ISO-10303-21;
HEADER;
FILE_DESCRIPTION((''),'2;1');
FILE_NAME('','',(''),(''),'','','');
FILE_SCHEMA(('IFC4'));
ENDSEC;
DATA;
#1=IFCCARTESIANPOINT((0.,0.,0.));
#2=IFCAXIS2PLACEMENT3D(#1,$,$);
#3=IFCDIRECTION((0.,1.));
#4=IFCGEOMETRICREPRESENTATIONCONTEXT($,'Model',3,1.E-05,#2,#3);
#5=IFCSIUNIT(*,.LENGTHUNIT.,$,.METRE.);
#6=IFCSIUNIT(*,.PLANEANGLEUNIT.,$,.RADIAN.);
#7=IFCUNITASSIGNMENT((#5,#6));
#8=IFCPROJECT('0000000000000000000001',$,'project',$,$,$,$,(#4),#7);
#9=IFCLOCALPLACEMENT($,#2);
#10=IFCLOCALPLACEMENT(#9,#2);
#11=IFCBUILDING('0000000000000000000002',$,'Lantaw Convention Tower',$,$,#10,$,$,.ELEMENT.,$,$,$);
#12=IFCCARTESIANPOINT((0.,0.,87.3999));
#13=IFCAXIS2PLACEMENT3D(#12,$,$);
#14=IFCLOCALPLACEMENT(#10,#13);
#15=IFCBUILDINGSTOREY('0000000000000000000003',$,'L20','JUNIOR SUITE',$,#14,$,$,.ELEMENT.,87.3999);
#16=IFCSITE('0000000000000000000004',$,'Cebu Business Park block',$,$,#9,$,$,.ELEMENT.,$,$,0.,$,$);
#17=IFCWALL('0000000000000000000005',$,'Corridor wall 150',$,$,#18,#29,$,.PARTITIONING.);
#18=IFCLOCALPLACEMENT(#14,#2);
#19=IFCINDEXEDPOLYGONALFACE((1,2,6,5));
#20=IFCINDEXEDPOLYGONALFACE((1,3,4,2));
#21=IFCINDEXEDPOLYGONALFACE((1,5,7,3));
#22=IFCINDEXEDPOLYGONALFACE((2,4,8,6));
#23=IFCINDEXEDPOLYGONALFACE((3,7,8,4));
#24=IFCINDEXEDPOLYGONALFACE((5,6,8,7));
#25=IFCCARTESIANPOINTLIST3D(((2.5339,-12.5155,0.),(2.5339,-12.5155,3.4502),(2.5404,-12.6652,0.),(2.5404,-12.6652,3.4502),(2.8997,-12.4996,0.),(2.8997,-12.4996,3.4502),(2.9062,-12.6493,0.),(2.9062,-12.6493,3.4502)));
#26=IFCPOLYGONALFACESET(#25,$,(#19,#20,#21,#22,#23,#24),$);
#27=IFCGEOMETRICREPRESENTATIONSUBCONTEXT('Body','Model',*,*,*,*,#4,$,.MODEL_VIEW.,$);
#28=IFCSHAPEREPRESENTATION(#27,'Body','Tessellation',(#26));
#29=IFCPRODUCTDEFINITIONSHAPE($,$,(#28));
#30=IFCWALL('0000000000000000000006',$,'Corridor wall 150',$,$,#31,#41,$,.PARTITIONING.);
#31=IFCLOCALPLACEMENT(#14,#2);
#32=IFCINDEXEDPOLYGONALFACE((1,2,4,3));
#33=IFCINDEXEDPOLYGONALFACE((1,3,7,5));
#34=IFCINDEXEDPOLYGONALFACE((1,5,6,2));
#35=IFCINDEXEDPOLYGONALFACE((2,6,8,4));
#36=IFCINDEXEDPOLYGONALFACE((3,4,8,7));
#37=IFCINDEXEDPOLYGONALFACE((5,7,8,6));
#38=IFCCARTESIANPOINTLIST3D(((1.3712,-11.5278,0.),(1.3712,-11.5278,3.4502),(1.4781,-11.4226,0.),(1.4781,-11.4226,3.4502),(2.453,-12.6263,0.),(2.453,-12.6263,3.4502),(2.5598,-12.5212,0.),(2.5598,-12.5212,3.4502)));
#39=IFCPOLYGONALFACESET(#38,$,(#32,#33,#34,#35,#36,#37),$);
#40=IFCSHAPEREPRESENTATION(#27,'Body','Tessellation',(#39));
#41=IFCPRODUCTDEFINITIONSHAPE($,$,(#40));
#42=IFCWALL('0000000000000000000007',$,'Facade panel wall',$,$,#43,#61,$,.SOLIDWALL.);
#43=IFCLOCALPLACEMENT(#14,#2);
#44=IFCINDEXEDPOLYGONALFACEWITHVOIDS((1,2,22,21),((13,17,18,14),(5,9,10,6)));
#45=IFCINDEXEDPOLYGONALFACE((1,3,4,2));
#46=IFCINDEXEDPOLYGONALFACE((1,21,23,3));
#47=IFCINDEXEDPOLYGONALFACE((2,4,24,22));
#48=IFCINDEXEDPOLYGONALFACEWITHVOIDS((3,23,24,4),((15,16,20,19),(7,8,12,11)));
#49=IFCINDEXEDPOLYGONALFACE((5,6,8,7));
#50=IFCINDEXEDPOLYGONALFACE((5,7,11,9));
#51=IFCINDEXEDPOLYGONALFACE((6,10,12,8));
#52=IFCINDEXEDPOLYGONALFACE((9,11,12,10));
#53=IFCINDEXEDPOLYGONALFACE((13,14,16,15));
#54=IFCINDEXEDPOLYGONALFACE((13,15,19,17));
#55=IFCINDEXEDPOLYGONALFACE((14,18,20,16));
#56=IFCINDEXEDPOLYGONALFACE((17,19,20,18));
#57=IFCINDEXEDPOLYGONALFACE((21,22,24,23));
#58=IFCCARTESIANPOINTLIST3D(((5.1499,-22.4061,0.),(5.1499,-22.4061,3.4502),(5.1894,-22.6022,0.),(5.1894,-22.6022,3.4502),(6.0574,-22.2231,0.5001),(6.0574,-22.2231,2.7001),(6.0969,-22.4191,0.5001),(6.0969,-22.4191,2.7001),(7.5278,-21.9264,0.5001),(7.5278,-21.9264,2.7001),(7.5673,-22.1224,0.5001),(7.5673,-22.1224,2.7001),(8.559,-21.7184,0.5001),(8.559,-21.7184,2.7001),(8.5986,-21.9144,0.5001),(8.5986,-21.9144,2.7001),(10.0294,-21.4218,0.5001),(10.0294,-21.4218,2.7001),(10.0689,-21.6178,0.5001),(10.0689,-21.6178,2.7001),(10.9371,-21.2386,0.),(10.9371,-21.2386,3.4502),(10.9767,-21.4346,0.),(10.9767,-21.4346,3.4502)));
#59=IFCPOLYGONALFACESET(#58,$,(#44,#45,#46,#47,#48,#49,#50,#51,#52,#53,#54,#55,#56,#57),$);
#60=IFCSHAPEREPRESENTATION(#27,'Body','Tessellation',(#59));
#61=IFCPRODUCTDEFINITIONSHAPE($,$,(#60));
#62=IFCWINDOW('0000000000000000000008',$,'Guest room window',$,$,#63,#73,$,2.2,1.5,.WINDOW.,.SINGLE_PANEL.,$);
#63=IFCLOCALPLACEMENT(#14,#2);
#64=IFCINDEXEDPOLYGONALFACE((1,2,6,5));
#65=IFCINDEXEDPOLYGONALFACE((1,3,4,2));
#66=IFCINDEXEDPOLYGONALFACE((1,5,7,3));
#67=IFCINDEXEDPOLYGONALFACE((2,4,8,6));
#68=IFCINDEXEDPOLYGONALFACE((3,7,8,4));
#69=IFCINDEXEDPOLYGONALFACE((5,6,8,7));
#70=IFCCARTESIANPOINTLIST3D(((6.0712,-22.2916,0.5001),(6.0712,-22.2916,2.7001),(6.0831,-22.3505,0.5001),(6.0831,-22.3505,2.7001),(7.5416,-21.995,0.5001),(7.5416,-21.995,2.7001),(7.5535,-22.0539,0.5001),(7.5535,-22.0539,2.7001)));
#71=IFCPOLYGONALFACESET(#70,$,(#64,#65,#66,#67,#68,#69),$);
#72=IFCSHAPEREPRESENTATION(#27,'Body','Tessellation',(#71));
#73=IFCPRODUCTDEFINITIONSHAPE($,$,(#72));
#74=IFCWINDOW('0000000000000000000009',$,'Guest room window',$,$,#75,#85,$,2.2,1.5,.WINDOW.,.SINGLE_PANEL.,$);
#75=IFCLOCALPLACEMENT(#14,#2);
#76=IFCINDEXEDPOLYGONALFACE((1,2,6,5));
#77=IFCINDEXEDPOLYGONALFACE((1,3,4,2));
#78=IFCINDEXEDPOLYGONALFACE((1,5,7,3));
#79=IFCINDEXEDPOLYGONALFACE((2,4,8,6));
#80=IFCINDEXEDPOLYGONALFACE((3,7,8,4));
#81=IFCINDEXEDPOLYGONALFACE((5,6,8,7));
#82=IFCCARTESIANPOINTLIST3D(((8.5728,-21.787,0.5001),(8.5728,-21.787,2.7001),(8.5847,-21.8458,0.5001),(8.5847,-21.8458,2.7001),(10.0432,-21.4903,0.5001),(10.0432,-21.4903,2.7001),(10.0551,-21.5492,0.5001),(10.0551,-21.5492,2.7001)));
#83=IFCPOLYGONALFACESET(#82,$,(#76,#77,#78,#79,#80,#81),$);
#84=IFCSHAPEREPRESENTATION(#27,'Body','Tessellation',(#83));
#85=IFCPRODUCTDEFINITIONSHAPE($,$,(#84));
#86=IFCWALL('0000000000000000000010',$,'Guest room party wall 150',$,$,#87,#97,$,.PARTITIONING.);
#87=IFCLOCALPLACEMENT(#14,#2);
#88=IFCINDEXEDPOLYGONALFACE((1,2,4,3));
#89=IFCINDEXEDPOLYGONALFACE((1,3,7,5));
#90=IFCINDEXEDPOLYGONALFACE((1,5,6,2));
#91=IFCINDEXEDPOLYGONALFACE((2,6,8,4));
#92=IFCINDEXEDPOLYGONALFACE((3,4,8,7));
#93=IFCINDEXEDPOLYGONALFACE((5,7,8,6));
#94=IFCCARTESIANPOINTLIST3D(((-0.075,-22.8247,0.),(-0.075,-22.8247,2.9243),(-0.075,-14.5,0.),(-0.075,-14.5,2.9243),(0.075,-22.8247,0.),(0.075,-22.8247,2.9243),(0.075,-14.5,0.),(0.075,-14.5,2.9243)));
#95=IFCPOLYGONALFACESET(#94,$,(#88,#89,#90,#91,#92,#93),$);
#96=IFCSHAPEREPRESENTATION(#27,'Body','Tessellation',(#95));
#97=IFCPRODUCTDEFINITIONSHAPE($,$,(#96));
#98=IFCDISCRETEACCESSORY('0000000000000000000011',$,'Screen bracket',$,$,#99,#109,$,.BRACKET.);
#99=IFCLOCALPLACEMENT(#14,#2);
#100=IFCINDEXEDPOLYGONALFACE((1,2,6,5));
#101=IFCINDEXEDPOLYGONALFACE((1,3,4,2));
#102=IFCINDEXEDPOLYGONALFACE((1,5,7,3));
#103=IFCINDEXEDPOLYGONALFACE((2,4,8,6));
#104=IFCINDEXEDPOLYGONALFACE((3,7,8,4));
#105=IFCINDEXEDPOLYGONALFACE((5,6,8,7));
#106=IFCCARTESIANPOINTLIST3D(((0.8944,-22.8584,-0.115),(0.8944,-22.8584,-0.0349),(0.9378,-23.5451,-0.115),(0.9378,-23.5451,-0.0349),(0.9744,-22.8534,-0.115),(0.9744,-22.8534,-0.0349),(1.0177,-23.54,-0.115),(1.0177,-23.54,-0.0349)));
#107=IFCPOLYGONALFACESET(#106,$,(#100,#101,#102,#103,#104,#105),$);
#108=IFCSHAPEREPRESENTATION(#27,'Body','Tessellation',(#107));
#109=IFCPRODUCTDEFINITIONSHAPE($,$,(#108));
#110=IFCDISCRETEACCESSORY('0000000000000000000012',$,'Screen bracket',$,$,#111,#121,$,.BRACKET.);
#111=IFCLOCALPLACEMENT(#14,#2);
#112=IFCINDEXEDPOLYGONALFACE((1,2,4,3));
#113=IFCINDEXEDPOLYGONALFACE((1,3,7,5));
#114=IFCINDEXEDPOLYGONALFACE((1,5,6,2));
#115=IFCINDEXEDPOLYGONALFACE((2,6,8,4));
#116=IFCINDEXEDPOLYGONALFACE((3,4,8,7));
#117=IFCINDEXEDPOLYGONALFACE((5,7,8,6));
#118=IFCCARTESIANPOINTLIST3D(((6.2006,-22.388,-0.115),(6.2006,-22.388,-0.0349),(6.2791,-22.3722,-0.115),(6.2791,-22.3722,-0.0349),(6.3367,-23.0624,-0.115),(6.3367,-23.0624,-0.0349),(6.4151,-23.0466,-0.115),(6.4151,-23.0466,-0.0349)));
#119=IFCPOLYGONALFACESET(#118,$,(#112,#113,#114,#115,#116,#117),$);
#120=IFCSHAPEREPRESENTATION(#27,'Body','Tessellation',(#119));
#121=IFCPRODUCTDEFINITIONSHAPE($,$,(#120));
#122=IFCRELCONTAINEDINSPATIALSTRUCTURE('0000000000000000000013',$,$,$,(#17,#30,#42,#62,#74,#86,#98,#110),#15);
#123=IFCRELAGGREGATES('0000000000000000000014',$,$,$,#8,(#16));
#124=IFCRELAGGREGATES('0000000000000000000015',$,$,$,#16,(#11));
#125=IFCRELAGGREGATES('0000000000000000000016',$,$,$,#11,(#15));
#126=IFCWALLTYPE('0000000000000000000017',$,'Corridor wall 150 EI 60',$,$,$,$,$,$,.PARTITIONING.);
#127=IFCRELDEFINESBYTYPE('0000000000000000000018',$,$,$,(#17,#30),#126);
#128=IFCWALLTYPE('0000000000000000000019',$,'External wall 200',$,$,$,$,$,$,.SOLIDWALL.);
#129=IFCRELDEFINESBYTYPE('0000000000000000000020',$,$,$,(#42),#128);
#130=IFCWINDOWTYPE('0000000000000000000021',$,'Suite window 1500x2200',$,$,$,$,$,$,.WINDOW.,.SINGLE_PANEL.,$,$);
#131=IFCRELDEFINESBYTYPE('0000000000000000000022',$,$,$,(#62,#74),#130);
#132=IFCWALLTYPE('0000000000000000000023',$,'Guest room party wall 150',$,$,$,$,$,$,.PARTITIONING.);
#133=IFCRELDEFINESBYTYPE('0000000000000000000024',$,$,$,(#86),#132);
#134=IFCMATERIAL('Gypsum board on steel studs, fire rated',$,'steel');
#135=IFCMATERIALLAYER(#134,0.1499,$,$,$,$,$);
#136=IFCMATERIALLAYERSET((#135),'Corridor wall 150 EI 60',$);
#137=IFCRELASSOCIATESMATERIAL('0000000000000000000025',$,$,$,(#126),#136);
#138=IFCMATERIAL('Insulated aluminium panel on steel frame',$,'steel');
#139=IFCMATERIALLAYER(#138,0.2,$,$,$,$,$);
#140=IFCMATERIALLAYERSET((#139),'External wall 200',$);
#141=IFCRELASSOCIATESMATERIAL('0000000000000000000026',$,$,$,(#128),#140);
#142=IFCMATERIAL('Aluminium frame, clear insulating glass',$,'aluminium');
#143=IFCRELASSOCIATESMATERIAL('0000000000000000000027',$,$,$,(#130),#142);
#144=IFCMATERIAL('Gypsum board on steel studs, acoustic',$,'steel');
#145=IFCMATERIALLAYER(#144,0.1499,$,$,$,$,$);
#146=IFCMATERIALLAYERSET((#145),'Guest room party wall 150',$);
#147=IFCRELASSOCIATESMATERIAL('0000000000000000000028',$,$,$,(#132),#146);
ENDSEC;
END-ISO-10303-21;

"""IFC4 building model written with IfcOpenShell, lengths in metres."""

from ifc_helpers import new_model, si_unit, direction, frame, frame_2d, origin, origin_2d, place, context, subcontext, project, spatial, rectangle, extrude, material, layer, layer_set, type_object, element, fill, save


model = new_model("IFC4")

# Units and contexts
model_context = context("Model", 3, precision=1e-05, world=origin(), true_north=direction((0.0, 1.0)))
body_context = subcontext(model_context, "Body", "Model", "MODEL_VIEW")
ifc_project = project(units=[si_unit("LENGTHUNIT", "METRE"), si_unit("PLANEANGLEUNIT", "RADIAN")], contexts=[model_context])

# Site, building, storey
site_placement = place(None, origin())
site = spatial("IfcSite", under=ifc_project, at=site_placement, Name="Cebu Business Park block", CompositionType="ELEMENT", RefElevation=0.0)
building_placement = place(site_placement, origin())
building = spatial("IfcBuilding", under=site, at=building_placement, Name="Lantaw Convention Tower", CompositionType="ELEMENT")
storey_placement = place(building_placement, frame((0.0, 0.0, 87.3999)))
storey = spatial("IfcBuildingStorey", under=building, at=storey_placement, Name="L20", Description="JUNIOR SUITE", CompositionType="ELEMENT", Elevation=87.3999)

# Shared definitions
ifc_material_1 = material(Name="Gypsum board on steel studs, fire rated", Category="steel")
ifc_layer_1 = layer(ifc_material_1, 0.1499)
ifc_layer_set_1 = layer_set([ifc_layer_1], Name="Corridor wall 150 EI 60")
wall_type_1 = type_object("IfcWallType", Name="Corridor wall 150 EI 60", PredefinedType="PARTITIONING", material=ifc_layer_set_1)

# Walls
wall_1_placement = place(storey_placement, frame((2.5371, -12.5903, 0.0), z_axis=(0.0, 0.0, 1.0), x_axis=(0.999061, 0.043322, 0.0)))
element("IfcWall", 1, at=wall_1_placement, inside=storey, type_object=wall_type_1, Name="Corridor wall 150", PredefinedType="PARTITIONING", context=body_context, shape_type="SweptSolid", body=[
    extrude(rectangle(XDim=0.3662, YDim=0.1499, at=frame_2d((0.1831, 0.0))), origin(), (0.0, 0.0, 1.0), 3.4502),
])
wall_2_placement = place(storey_placement, frame((1.4246, -11.4751, 0.0), z_axis=(0.0, 0.0, 1.0), x_axis=(0.701623, -0.712549, 0.0)))
element("IfcWall", 2, at=wall_2_placement, inside=storey, type_object=wall_type_1, Name="Corridor wall 150", PredefinedType="PARTITIONING", context=body_context, shape_type="SweptSolid", body=[
    extrude(rectangle(XDim=1.5417, YDim=0.1499, at=frame_2d((0.771, 0.0))), origin(), (0.0, 0.0, 1.0), 3.4502),
])

# Wall, openings, windows
ifc_material_2 = material(Name="Insulated aluminium panel on steel frame", Category="steel")
ifc_layer_2 = layer(ifc_material_2, 0.2)
ifc_layer_set_2 = layer_set([ifc_layer_2], Name="External wall 200")
wall_type_2 = type_object("IfcWallType", Name="External wall 200", PredefinedType="SOLIDWALL", material=ifc_layer_set_2)
wall_3_placement = place(storey_placement, frame((5.1697, -22.5042, 0.0), z_axis=(0.0, 0.0, 1.0), x_axis=(0.980252, 0.197754, 0.0)))
wall_3 = element("IfcWall", 3, at=wall_3_placement, inside=storey, type_object=wall_type_2, Name="Facade panel wall", PredefinedType="SOLIDWALL", context=body_context, shape_type="SweptSolid", body=[
    extrude(rectangle(XDim=5.9038, YDim=0.2, at=frame_2d((2.9519, 0.0))), origin(), (0.0, 0.0, 1.0), 3.4502),
])
opening_1_placement = place(wall_3_placement, frame((0.9258, 0.0, 0.5)))
opening_1 = element("IfcOpeningElement", 4, at=opening_1_placement, cuts=wall_3, PredefinedType="OPENING", context=body_context, shape_type="SweptSolid", body=[
    extrude(rectangle(XDim=1.5, YDim=2.2, at=frame_2d((0.75, 1.1001))), frame((0.0, 0.1099, 0.0), z_axis=(0.0, -1.0, 0.0), x_axis=(1.0, 0.0, 0.0)), (0.0, 0.0, 1.0), 0.22),
])
opening_2_placement = place(wall_3_placement, frame((3.4778, 0.0, 0.5)))
opening_2 = element("IfcOpeningElement", 5, at=opening_2_placement, cuts=wall_3, PredefinedType="OPENING", context=body_context, shape_type="SweptSolid", body=[
    extrude(rectangle(XDim=1.5, YDim=2.2, at=frame_2d((0.75, 1.1001))), frame((0.0, 0.1099, 0.0), z_axis=(0.0, -1.0, 0.0), x_axis=(1.0, 0.0, 0.0)), (0.0, 0.0, 1.0), 0.22),
])
ifc_material_3 = material(Name="Aluminium frame, clear insulating glass", Category="aluminium")
window_type = type_object("IfcWindowType", Name="Suite window 1500x2200", PartitioningType="SINGLE_PANEL", PredefinedType="WINDOW", material=ifc_material_3)
window_1_placement = place(opening_1_placement, origin())
window_1 = element("IfcWindow", 6, at=window_1_placement, inside=storey, type_object=window_type, Name="Guest room window", OverallHeight=2.2, OverallWidth=1.5, PartitioningType="SINGLE_PANEL", PredefinedType="WINDOW", context=body_context, shape_type="SweptSolid", body=[
    extrude(rectangle(XDim=1.5, YDim=2.2, at=frame_2d((0.75, 1.1001))), frame((0.0, 0.03, 0.0), z_axis=(0.0, -1.0, 0.0), x_axis=(1.0, 0.0, 0.0)), (0.0, 0.0, 1.0), 0.0601),
])
fill(opening_1, window_1)
window_2_placement = place(opening_2_placement, origin())
window_2 = element("IfcWindow", 7, at=window_2_placement, inside=storey, type_object=window_type, Name="Guest room window", OverallHeight=2.2, OverallWidth=1.5, PartitioningType="SINGLE_PANEL", PredefinedType="WINDOW", context=body_context, shape_type="SweptSolid", body=[
    extrude(rectangle(XDim=1.5, YDim=2.2, at=frame_2d((0.75, 1.1001))), frame((0.0, 0.03, 0.0), z_axis=(0.0, -1.0, 0.0), x_axis=(1.0, 0.0, 0.0)), (0.0, 0.0, 1.0), 0.0601),
])
fill(opening_2, window_2)

# Wall
ifc_material_4 = material(Name="Gypsum board on steel studs, acoustic", Category="steel")
ifc_layer_3 = layer(ifc_material_4, 0.1499)
ifc_layer_set_3 = layer_set([ifc_layer_3], Name="Guest room party wall 150")
wall_type_3 = type_object("IfcWallType", Name="Guest room party wall 150", PredefinedType="PARTITIONING", material=ifc_layer_set_3)
wall_4_placement = place(storey_placement, frame((0.0, -22.8247, 0.0), z_axis=(0.0, 0.0, 1.0), x_axis=(0.0, 1.0, 0.0)))
element("IfcWall", 8, at=wall_4_placement, inside=storey, type_object=wall_type_3, Name="Guest room party wall 150", PredefinedType="PARTITIONING", context=body_context, shape_type="SweptSolid", body=[
    extrude(rectangle(XDim=8.3247, YDim=0.1499, at=frame_2d((4.1624, 0.0))), origin(), (0.0, 0.0, 1.0), 2.9243),
])

# Discrete accessories
for number, where, z_axis, x_axis, name in (
    (9, (0.9561, -23.1992, -0.115), (0.0, 0.0, 1.0), (0.998016, 0.062958, 0.0), "Screen bracket"),
    (10, (6.3079, -22.7173, -0.115), (0.0, 0.0, 1.0), (0.980245, 0.197789, 0.0), "Screen bracket"),
):
    element("IfcDiscreteAccessory", number, at=place(storey_placement, frame(where, z_axis=z_axis, x_axis=x_axis)), inside=storey, Name=name, PredefinedType="BRACKET", context=body_context, shape_type="SweptSolid", body=[
        extrude(rectangle(XDim=0.0801, YDim=0.688, at=origin_2d()), origin(), (0.0, 0.0, 1.0), 0.0801),
    ])

save(model, "model.ifc")
